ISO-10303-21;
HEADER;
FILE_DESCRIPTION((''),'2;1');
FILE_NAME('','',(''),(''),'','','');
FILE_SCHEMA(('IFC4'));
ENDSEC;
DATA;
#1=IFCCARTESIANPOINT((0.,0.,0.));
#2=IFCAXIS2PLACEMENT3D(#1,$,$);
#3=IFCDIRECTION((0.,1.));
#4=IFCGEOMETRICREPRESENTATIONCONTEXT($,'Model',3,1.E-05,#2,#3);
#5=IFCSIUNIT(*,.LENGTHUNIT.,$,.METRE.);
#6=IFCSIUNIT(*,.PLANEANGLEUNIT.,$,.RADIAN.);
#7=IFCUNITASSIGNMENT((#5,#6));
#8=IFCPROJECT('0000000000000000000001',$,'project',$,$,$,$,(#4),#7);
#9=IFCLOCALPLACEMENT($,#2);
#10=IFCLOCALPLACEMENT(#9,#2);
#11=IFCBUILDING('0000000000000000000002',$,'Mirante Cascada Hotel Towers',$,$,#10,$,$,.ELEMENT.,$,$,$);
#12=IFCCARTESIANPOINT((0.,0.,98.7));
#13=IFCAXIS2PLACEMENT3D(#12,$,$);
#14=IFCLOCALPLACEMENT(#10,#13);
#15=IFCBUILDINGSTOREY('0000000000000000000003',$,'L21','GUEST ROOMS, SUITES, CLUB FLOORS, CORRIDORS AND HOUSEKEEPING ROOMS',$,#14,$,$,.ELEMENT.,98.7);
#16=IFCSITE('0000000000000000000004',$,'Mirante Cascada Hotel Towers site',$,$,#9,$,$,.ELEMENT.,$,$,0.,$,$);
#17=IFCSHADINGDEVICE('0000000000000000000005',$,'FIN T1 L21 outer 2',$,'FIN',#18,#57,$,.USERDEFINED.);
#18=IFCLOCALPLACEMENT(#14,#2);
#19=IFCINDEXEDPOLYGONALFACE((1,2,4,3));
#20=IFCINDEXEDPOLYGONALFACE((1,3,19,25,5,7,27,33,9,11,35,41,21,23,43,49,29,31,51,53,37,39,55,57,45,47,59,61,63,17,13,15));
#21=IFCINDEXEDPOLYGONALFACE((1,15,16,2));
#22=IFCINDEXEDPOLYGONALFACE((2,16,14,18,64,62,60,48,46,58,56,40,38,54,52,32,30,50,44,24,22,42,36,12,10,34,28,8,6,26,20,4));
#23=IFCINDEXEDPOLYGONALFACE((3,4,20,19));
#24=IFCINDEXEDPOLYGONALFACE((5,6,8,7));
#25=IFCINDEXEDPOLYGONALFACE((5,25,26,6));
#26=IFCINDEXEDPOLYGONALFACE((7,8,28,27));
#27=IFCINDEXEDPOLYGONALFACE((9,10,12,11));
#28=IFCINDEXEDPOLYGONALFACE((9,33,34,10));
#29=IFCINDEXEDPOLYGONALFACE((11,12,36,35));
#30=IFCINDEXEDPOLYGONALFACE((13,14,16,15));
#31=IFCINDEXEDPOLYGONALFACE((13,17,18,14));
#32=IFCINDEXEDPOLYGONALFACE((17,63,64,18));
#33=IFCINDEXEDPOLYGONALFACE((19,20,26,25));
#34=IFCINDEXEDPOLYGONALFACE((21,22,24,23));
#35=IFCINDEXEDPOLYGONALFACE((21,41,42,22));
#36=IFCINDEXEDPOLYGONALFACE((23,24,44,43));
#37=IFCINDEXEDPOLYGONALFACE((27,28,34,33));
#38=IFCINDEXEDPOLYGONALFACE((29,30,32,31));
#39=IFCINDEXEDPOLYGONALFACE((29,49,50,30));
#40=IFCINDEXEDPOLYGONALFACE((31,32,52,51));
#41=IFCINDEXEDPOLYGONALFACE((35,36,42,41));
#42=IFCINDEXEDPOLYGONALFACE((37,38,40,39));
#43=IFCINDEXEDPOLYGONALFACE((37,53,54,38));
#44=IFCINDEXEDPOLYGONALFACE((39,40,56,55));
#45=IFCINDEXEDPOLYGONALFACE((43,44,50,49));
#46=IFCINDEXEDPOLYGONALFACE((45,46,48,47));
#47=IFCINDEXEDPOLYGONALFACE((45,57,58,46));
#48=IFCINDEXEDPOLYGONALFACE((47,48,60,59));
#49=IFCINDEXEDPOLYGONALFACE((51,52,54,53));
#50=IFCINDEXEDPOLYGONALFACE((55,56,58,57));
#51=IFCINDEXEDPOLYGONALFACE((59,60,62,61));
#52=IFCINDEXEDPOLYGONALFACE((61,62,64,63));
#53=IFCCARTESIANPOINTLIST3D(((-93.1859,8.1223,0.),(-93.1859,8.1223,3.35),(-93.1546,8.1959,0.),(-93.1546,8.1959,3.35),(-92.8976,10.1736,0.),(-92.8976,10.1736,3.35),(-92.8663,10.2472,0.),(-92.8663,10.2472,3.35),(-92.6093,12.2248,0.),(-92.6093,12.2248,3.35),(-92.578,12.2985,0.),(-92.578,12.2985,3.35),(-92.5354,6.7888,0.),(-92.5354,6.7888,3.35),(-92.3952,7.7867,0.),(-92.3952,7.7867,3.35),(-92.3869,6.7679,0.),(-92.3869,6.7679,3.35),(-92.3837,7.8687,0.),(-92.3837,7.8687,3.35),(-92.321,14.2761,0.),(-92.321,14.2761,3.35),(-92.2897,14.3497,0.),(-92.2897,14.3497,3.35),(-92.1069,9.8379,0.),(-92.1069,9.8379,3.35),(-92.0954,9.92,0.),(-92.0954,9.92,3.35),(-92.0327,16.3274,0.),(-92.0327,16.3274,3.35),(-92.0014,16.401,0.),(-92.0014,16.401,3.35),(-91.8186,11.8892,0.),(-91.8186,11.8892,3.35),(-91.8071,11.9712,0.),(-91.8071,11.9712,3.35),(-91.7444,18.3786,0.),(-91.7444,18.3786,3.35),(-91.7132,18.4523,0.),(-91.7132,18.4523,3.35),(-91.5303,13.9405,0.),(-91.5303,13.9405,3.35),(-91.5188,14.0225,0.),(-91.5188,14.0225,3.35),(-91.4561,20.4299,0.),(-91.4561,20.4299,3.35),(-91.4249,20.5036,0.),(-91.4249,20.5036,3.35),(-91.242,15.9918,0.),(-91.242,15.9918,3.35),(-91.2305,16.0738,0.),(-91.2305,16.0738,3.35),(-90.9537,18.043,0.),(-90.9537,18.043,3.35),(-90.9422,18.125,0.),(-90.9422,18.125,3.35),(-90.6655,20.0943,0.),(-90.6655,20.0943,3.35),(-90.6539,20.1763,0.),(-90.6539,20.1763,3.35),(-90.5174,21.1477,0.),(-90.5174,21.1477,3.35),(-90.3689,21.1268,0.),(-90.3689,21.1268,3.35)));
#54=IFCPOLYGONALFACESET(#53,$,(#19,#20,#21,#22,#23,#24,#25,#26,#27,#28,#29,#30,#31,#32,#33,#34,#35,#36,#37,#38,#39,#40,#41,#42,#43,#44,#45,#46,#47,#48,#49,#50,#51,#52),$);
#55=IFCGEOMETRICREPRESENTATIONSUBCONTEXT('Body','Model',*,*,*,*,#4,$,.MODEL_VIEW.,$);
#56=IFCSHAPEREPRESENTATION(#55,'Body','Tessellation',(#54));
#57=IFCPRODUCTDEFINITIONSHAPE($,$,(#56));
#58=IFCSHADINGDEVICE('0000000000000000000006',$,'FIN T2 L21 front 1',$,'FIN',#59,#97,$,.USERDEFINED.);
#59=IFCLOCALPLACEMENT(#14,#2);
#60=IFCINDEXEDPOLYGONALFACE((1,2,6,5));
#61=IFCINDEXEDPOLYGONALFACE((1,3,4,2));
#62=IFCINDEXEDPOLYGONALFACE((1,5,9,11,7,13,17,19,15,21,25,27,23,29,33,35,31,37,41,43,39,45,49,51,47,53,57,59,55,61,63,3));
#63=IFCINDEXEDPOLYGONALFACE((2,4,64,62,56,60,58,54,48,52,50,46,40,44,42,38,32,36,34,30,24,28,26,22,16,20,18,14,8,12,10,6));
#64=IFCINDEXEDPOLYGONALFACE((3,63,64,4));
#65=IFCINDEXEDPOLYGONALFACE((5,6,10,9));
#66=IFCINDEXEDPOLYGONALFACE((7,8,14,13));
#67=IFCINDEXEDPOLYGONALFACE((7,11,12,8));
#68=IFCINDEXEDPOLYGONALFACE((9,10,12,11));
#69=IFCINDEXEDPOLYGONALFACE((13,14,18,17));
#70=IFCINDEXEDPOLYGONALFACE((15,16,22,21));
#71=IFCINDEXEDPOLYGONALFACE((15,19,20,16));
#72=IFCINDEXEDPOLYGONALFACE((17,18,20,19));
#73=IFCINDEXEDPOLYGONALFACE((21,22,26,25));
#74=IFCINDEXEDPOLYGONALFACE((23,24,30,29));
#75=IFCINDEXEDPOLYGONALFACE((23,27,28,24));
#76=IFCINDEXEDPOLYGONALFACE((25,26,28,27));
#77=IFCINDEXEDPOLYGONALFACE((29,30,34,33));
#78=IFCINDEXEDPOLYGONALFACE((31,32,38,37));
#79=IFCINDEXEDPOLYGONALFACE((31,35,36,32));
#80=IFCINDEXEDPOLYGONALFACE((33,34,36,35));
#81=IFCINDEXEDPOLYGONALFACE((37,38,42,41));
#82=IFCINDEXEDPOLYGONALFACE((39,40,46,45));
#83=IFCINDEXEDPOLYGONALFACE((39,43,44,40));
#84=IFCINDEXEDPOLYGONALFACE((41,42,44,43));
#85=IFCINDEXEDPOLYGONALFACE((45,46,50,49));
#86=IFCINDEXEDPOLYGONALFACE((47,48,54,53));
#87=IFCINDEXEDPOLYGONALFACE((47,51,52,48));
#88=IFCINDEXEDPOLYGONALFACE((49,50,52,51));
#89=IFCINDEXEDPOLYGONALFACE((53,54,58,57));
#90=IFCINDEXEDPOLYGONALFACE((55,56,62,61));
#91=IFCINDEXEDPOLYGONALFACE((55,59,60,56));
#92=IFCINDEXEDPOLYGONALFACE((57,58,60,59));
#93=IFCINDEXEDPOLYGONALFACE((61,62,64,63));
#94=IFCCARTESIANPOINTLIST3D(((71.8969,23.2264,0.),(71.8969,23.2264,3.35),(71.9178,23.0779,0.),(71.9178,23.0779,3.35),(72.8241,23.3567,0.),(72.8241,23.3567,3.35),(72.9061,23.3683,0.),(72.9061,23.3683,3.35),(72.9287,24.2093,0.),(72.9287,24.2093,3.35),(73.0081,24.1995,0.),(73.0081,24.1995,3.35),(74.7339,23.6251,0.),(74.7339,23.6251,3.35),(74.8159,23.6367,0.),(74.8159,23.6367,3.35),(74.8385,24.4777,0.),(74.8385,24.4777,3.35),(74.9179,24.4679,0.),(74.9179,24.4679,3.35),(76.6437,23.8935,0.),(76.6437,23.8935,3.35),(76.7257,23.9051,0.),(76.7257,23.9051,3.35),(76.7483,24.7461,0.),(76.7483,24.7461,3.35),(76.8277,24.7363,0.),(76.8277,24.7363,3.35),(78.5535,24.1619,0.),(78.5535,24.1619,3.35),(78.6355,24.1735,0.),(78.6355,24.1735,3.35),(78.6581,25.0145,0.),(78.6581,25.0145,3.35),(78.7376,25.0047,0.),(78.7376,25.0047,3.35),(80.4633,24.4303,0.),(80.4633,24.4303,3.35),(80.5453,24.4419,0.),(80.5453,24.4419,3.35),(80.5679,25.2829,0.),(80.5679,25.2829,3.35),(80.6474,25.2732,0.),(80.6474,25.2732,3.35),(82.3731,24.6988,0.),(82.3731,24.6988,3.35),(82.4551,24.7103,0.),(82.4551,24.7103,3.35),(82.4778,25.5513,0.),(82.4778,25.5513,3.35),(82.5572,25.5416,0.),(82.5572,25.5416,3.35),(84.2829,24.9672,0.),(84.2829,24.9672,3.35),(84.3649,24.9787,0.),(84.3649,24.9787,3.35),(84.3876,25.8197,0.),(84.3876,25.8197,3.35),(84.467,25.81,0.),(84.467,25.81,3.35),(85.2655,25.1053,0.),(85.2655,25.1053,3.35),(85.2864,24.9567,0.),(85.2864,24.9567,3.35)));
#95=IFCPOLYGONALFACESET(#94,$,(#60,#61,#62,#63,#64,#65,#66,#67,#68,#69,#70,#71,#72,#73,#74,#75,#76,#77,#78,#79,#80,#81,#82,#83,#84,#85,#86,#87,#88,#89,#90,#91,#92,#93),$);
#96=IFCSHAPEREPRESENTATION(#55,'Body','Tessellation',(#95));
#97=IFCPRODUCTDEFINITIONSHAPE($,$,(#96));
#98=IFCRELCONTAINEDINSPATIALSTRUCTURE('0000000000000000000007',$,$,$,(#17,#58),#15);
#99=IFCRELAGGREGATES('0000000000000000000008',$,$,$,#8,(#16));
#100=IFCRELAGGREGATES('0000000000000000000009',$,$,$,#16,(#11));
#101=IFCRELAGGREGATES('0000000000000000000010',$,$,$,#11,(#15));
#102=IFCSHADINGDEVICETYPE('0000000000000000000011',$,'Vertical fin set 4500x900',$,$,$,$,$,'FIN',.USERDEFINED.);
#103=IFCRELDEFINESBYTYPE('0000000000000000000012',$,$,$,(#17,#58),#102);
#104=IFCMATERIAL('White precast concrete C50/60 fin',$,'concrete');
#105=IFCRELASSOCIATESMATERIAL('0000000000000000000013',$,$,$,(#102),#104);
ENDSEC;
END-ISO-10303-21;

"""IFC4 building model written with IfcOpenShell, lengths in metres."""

from ifc_helpers import new_model, si_unit, direction, frame, origin, place, context, subcontext, project, spatial, polyline, outline, extrude, material, type_object, element, save


model = new_model("IFC4")

# Units and contexts
model_context = context("Model", 3, precision=1e-05, world=origin(), true_north=direction((0.0, 1.0)))
body_context = subcontext(model_context, "Body", "Model", "MODEL_VIEW")
ifc_project = project(units=[si_unit("LENGTHUNIT", "METRE"), si_unit("PLANEANGLEUNIT", "RADIAN")], contexts=[model_context])

# Site, building, storey
site_placement = place(None, origin())
site = spatial("IfcSite", under=ifc_project, at=site_placement, Name="Mirante Cascada Hotel Towers site", CompositionType="ELEMENT", RefElevation=0.0)
building_placement = place(site_placement, origin())
building = spatial("IfcBuilding", under=site, at=building_placement, Name="Mirante Cascada Hotel Towers", CompositionType="ELEMENT")
storey_placement = place(building_placement, frame((0.0, 0.0, 98.7)))
storey = spatial("IfcBuildingStorey", under=building, at=storey_placement, Name="L21", Description="GUEST ROOMS, SUITES, CLUB FLOORS, CORRIDORS AND HOUSEKEEPING ROOMS", CompositionType="ELEMENT", Elevation=98.7)

# Shading devices
ifc_material_1 = material(Name="White precast concrete C50/60 fin", Category="concrete")
shading_device_type = type_object("IfcShadingDeviceType", Name="Vertical fin set 4500x900", ElementType="FIN", PredefinedType="USERDEFINED", material=ifc_material_1)
shading_device_1_placement = place(storey_placement, origin())
element("IfcShadingDevice", 1, at=shading_device_1_placement, inside=storey, type_object=shading_device_type, Name="FIN T1 L21 outer 2", ObjectType="FIN", PredefinedType="USERDEFINED", context=body_context, shape_type="SweptSolid", body=[
    extrude(outline(polyline([(-92.3837, 7.8687), (-92.1069, 9.8379), (-92.8976, 10.1736), (-92.8663, 10.2472), (-92.0954, 9.92), (-91.8186, 11.8892), (-92.6093, 12.2248), (-92.578, 12.2985), (-91.8071, 11.9712), (-91.5303, 13.9405), (-92.321, 14.2761), (-92.2897, 14.3497), (-91.5188, 14.0225), (-91.242, 15.9918), (-92.0327, 16.3274), (-92.0014, 16.401), (-91.2305, 16.0738), (-90.9537, 18.043), (-91.7444, 18.3786), (-91.7132, 18.4523), (-90.9422, 18.125), (-90.6655, 20.0943), (-91.4561, 20.4299), (-91.4249, 20.5036), (-90.6539, 20.1763), (-90.5174, 21.1477), (-90.3689, 21.1268), (-92.3869, 6.7679), (-92.5354, 6.7888), (-92.3952, 7.7867), (-93.1859, 8.1223), (-93.1546, 8.1959), (-92.3837, 7.8687)])), origin(), (0.0, 0.0, 1.0), 3.35),
])
shading_device_2_placement = place(storey_placement, origin())
element("IfcShadingDevice", 2, at=shading_device_2_placement, inside=storey, type_object=shading_device_type, Name="FIN T2 L21 front 1", ObjectType="FIN", PredefinedType="USERDEFINED", context=body_context, shape_type="SweptSolid", body=[
    extrude(outline(polyline([(73.0081, 24.1995), (72.9061, 23.3683), (74.7339, 23.6251), (74.8385, 24.4777), (74.9179, 24.4679), (74.8159, 23.6367), (76.6437, 23.8935), (76.7483, 24.7461), (76.8277, 24.7363), (76.7257, 23.9051), (78.5535, 24.1619), (78.6581, 25.0145), (78.7376, 25.0047), (78.6355, 24.1735), (80.4633, 24.4303), (80.5679, 25.2829), (80.6474, 25.2732), (80.5453, 24.4419), (82.3731, 24.6988), (82.4778, 25.5513), (82.5572, 25.5416), (82.4551, 24.7103), (84.2829, 24.9672), (84.3876, 25.8197), (84.467, 25.81), (84.3649, 24.9787), (85.2655, 25.1053), (85.2864, 24.9567), (71.9178, 23.0779), (71.8969, 23.2264), (72.8241, 23.3567), (72.9287, 24.2093), (73.0081, 24.1995)])), origin(), (0.0, 0.0, 1.0), 3.35),
])

save(model, "model.ifc")
